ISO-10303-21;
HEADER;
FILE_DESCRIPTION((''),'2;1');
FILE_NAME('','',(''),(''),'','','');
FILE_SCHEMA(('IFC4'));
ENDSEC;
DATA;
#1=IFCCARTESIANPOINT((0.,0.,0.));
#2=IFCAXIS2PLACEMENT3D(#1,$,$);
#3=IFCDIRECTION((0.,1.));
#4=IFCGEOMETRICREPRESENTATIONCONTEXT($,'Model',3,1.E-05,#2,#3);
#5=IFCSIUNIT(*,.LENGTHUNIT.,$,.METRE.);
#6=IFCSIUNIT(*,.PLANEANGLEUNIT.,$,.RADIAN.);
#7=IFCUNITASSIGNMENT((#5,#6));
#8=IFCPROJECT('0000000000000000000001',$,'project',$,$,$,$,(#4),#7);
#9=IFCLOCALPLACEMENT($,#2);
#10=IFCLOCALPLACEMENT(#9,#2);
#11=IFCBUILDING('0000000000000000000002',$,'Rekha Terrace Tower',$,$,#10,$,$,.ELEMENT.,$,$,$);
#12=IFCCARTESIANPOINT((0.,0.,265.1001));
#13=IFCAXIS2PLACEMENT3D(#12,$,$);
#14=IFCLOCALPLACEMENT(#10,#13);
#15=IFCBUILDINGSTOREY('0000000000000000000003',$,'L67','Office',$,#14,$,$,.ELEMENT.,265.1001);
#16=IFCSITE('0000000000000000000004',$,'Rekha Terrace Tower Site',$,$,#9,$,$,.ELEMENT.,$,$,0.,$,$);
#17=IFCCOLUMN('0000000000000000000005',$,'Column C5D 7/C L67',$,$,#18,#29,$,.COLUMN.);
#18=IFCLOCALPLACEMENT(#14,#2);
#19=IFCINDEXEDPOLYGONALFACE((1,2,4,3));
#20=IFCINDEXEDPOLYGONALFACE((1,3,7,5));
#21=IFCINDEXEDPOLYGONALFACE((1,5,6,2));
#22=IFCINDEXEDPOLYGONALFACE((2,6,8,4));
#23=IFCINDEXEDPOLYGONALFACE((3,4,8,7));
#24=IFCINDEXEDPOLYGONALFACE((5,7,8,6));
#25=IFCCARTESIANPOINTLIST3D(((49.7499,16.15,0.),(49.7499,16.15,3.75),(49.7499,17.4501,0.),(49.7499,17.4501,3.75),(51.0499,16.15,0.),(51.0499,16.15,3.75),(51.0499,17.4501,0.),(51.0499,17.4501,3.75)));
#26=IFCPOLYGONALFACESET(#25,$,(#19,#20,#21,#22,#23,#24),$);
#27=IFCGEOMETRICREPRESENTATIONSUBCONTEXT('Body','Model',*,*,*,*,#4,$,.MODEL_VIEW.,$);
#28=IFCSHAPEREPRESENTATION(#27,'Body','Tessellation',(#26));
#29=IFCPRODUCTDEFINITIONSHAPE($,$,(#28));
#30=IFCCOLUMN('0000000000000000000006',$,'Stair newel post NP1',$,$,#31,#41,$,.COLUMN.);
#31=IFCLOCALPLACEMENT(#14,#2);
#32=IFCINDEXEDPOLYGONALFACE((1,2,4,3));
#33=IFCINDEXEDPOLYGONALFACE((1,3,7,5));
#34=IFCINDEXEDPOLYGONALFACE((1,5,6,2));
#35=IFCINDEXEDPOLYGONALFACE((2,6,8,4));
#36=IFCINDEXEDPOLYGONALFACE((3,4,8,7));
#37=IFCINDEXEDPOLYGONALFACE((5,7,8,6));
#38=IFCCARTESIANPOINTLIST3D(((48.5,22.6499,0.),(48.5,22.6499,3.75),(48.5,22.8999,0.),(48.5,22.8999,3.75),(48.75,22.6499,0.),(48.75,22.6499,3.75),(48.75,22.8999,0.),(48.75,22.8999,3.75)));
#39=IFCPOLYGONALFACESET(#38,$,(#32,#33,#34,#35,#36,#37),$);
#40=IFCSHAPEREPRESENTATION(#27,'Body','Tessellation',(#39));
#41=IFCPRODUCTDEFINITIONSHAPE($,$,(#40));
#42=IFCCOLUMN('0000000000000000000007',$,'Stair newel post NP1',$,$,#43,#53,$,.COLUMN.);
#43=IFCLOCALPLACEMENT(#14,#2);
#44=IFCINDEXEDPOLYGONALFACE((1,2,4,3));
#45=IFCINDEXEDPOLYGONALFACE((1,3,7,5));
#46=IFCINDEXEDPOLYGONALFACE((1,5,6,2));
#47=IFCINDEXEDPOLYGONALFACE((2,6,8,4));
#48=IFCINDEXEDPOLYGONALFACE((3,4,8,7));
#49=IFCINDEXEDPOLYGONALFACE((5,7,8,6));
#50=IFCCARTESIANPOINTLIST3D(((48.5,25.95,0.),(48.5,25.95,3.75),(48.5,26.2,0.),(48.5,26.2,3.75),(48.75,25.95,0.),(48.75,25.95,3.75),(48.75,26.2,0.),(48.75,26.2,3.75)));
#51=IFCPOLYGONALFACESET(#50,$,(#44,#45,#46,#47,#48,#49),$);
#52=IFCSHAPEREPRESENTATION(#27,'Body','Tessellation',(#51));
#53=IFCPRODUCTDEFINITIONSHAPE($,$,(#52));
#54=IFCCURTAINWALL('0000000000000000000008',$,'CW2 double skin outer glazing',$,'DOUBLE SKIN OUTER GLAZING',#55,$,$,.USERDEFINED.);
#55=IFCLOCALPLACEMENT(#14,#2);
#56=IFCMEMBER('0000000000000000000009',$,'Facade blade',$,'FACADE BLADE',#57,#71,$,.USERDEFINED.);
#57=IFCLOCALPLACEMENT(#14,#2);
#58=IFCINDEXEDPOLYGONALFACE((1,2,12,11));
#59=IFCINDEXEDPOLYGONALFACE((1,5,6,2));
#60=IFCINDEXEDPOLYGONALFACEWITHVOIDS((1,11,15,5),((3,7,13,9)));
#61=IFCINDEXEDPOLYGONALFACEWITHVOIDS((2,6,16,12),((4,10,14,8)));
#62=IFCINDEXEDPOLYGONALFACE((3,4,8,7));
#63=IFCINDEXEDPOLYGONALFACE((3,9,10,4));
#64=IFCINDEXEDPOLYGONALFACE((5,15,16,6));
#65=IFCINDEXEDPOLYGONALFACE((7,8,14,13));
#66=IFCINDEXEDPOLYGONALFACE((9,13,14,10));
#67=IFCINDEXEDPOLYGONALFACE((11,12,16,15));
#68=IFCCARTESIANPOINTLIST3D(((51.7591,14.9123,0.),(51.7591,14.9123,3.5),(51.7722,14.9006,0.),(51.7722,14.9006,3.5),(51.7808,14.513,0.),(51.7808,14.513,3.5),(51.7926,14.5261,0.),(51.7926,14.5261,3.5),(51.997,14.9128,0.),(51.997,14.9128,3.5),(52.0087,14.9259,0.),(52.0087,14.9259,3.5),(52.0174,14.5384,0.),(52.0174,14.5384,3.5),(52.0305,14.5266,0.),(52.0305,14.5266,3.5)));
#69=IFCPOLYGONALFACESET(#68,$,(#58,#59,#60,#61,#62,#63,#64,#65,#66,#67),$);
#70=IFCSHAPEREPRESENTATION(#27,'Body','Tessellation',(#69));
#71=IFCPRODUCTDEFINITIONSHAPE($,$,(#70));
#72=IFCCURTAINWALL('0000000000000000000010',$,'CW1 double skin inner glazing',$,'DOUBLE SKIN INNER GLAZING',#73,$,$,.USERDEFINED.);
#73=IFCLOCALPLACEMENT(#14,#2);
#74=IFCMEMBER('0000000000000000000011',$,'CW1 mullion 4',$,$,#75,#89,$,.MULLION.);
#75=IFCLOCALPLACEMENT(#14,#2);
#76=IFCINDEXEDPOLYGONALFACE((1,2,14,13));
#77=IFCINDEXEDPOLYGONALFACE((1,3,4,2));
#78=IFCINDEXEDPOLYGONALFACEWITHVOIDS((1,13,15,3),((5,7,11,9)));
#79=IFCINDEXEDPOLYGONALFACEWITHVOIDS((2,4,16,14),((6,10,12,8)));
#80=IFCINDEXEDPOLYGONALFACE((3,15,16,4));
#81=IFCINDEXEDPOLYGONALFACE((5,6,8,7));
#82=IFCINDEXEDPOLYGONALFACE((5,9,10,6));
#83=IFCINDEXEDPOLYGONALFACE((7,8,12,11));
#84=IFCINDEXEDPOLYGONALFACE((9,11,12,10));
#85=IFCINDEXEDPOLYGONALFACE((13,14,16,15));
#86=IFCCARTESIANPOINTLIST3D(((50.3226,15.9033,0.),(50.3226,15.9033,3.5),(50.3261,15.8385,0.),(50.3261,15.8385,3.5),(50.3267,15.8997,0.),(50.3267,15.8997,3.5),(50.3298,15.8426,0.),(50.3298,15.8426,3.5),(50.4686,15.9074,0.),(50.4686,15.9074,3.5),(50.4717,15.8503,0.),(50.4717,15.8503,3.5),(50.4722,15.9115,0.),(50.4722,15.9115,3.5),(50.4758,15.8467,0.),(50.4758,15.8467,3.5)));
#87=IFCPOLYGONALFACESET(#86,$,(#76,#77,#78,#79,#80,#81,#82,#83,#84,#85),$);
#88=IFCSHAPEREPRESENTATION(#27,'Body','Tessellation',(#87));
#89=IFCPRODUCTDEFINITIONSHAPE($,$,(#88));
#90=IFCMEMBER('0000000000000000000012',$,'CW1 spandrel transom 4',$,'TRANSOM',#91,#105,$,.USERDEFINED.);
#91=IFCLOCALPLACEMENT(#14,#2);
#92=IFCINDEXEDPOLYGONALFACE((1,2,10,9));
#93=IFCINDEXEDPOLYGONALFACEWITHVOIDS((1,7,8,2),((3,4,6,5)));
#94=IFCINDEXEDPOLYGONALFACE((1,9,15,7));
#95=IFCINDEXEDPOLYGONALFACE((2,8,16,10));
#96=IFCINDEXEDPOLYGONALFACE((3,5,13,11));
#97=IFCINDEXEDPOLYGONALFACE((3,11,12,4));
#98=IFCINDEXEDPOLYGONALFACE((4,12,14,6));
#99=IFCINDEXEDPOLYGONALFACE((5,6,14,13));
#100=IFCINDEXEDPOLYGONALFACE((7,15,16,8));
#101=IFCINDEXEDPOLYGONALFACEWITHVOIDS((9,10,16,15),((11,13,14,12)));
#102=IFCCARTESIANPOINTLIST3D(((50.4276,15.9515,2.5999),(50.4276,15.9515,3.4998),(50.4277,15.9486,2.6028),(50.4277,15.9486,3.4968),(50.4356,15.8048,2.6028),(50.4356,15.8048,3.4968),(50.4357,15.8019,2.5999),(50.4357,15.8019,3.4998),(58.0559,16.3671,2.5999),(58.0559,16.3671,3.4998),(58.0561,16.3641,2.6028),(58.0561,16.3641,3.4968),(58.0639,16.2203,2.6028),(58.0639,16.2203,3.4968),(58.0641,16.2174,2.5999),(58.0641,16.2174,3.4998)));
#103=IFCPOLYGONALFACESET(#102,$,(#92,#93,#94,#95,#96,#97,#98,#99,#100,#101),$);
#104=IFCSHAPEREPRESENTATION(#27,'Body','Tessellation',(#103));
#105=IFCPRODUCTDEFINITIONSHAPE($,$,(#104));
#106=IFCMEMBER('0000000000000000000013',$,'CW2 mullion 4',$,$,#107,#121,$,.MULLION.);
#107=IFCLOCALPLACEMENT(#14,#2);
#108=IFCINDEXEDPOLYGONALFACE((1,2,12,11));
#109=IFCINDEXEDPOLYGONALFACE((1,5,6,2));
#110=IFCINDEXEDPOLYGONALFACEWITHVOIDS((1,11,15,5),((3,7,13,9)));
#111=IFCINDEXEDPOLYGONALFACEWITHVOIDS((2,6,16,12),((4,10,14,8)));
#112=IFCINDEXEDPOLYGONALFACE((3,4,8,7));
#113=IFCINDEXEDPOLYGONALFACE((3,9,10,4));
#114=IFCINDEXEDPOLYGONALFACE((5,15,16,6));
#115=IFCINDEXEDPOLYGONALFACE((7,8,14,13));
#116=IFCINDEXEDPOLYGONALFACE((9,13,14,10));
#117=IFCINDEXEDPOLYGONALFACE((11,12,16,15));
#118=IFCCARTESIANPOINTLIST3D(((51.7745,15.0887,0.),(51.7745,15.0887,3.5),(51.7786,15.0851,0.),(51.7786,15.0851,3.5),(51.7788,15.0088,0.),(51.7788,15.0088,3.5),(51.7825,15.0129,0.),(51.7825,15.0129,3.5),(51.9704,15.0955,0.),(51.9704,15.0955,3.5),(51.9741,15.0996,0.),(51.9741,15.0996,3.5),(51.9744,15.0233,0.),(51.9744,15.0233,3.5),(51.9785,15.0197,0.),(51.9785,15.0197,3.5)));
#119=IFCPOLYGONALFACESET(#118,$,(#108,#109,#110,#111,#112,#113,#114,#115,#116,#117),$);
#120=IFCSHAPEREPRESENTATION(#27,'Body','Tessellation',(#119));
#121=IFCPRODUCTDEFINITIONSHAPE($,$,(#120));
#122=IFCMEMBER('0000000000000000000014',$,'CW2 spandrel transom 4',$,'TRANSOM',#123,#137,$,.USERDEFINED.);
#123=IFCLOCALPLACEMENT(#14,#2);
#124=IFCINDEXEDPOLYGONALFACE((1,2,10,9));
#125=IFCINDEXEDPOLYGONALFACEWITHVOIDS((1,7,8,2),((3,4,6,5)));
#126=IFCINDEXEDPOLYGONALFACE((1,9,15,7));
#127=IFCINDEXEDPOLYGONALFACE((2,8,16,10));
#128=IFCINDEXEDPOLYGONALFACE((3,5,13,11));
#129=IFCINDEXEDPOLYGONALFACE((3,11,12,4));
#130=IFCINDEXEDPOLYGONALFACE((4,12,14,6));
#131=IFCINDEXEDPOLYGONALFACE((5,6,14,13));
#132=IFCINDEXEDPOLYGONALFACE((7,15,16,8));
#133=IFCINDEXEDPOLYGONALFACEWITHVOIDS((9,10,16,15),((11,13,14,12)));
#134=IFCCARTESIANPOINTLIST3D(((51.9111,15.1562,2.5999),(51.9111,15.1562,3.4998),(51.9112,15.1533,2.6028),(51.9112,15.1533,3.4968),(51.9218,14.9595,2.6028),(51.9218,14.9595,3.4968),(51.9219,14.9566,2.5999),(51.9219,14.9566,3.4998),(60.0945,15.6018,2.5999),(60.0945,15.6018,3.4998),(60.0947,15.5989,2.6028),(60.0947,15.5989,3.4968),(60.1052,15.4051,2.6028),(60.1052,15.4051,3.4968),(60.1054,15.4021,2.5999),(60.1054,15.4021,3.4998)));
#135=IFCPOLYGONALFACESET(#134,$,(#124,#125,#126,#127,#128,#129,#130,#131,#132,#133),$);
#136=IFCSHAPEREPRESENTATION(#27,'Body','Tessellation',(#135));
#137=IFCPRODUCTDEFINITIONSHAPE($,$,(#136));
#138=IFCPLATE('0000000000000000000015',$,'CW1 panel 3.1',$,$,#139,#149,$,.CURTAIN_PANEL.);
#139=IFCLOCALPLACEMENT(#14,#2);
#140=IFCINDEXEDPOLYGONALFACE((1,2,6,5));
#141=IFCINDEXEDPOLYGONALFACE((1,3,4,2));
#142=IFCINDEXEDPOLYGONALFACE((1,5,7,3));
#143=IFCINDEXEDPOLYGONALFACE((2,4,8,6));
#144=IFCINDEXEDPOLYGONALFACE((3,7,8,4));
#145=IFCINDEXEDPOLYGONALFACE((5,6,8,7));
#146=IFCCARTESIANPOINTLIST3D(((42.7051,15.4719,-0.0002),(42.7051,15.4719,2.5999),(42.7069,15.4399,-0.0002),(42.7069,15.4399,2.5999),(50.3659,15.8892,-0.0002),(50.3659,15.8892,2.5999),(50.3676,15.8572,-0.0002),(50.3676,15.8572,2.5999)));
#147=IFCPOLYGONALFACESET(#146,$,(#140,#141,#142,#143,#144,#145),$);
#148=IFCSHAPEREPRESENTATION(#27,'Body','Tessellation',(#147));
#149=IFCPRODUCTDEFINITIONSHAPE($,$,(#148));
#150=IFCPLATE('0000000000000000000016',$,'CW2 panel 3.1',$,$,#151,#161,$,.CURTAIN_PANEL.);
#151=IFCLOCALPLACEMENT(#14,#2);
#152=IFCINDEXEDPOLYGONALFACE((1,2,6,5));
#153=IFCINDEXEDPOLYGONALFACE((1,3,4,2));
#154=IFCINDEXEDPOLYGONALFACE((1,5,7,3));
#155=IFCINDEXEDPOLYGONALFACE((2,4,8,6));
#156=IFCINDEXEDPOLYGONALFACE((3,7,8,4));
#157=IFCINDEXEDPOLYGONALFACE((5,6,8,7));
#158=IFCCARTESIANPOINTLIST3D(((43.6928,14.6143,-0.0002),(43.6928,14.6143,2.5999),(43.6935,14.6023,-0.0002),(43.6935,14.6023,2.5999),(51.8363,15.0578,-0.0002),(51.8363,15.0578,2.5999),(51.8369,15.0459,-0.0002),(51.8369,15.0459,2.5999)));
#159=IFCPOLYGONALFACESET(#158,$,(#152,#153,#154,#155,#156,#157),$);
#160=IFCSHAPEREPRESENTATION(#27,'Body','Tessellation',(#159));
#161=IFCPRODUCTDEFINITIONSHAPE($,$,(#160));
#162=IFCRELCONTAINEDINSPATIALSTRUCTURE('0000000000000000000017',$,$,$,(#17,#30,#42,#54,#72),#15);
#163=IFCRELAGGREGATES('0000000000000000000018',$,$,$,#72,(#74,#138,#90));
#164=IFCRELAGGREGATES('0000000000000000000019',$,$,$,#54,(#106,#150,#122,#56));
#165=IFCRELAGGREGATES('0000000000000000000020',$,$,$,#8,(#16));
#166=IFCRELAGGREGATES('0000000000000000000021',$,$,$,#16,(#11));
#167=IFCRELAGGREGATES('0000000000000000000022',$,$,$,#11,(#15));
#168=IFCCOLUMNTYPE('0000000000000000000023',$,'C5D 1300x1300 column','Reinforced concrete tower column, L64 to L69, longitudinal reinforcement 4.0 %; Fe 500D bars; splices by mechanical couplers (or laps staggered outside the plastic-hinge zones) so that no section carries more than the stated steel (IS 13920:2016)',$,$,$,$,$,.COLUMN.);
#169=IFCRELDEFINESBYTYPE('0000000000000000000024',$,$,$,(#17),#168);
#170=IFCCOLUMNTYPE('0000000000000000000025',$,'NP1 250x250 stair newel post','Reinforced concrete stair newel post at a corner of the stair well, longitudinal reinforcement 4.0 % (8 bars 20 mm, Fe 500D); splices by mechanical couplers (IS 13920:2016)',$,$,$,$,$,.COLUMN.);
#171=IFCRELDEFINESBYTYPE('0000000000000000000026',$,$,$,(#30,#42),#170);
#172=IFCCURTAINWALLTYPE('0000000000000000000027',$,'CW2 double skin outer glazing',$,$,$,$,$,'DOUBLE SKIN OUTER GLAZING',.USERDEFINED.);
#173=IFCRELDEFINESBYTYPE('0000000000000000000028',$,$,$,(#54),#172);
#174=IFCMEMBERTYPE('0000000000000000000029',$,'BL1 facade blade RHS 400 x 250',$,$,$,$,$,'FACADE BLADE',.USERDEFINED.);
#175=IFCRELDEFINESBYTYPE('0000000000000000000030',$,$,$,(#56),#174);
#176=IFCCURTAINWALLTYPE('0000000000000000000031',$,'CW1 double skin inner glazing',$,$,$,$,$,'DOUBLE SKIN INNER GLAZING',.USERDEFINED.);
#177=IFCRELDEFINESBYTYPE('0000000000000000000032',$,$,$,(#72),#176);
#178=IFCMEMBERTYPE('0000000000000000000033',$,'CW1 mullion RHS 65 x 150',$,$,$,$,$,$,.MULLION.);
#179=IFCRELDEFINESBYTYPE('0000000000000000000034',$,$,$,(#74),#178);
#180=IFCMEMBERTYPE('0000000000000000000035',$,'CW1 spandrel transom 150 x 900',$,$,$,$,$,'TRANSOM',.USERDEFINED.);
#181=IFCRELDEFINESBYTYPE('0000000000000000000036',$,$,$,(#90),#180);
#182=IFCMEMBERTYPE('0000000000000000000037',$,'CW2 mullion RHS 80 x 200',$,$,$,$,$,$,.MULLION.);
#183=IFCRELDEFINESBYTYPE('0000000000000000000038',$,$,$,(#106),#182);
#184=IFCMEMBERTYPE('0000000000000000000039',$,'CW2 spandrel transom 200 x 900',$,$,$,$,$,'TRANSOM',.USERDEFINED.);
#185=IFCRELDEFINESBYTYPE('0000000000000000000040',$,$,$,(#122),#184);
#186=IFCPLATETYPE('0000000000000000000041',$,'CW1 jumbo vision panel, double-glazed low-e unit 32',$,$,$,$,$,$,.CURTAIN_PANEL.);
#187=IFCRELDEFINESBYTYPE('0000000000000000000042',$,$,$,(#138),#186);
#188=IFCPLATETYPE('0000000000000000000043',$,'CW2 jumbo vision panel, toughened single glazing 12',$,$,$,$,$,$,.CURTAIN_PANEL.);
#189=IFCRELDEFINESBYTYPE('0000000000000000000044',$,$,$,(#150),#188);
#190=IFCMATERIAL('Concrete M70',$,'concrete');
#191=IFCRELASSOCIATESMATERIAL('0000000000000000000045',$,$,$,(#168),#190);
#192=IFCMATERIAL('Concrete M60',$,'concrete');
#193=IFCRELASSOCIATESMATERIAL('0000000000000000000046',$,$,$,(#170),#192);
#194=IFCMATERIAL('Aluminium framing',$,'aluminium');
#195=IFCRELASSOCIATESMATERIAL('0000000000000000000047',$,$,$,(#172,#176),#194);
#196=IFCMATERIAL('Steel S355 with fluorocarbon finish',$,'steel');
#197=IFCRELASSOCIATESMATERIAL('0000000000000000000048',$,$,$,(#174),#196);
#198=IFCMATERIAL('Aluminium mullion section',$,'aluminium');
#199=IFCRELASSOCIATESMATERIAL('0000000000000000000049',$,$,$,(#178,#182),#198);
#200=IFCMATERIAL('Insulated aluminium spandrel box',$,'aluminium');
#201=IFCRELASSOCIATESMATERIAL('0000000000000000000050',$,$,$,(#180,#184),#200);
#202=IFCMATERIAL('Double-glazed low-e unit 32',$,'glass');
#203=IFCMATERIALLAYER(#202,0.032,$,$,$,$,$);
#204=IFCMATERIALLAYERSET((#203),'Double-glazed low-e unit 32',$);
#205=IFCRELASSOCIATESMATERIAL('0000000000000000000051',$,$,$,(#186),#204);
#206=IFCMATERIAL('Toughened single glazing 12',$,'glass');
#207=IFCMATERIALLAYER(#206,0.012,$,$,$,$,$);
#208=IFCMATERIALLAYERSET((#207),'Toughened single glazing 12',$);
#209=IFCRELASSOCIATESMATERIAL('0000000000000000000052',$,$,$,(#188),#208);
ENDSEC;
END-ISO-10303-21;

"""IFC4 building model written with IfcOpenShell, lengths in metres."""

from ifc_helpers import new_model, si_unit, direction, frame, origin, origin_2d, place, context, subcontext, project, spatial, rectangle, hollow_rectangle, extrude, material, layer, layer_set, material_profile, profile_set, type_object, element, aggregate, save


model = new_model("IFC4")

# Units and contexts
model_context = context("Model", 3, precision=1e-05, world=origin(), true_north=direction((0.0, 1.0)))
body_context = subcontext(model_context, "Body", "Model", "MODEL_VIEW")
ifc_project = project(units=[si_unit("LENGTHUNIT", "METRE"), si_unit("PLANEANGLEUNIT", "RADIAN")], contexts=[model_context])

# Site, building, storey
site_placement = place(None, origin())
site = spatial("IfcSite", under=ifc_project, at=site_placement, Name="Rekha Terrace Tower Site", CompositionType="ELEMENT", RefElevation=0.0)
building_placement = place(site_placement, origin())
building = spatial("IfcBuilding", under=site, at=building_placement, Name="Rekha Terrace Tower", CompositionType="ELEMENT")
storey_placement = place(building_placement, frame((0.0, 0.0, 265.1001)))
storey = spatial("IfcBuildingStorey", under=building, at=storey_placement, Name="L67", Description="Office", CompositionType="ELEMENT", Elevation=265.1001)

# Columns
ifc_material_1 = material(Name="Concrete M70", Category="concrete")
ifc_material_profile_1 = material_profile(ifc_material_1, rectangle(XDim=1.3, YDim=1.3, at=origin_2d()), Name="RC 1300x1300")
ifc_profile_set_1 = profile_set([ifc_material_profile_1], Name="Concrete M70")
column_type_1 = type_object("IfcColumnType", Name="C5D 1300x1300 column", Description="Reinforced concrete tower column, L64 to L69, longitudinal reinforcement 4.0 %; Fe 500D bars; splices by mechanical couplers (or laps staggered outside the plastic-hinge zones) so that no section carries more than the stated steel (IS 13920:2016)", PredefinedType="COLUMN", material=ifc_profile_set_1)
column_placement = place(storey_placement, frame((50.3999, 16.8, 0.0), z_axis=(0.0, 0.0, 1.0), x_axis=(1.0, 0.0, 0.0)))
element("IfcColumn", 1, at=column_placement, inside=storey, type_object=column_type_1, Name="Column C5D 7/C L67", PredefinedType="COLUMN", context=body_context, shape_type="SweptSolid", body=[
    extrude(rectangle(XDim=1.3, YDim=1.3, at=origin_2d()), origin(), (0.0, 0.0, 1.0), 3.75),
])
ifc_material_2 = material(Name="Concrete M60", Category="concrete")
ifc_material_profile_2 = material_profile(ifc_material_2, rectangle(XDim=0.25, YDim=0.25, at=origin_2d()), Name="RC 250x250")
ifc_profile_set_2 = profile_set([ifc_material_profile_2], Name="Concrete M60")
column_type_2 = type_object("IfcColumnType", Name="NP1 250x250 stair newel post", Description="Reinforced concrete stair newel post at a corner of the stair well, longitudinal reinforcement 4.0 % (8 bars 20 mm, Fe 500D); splices by mechanical couplers (IS 13920:2016)", PredefinedType="COLUMN", material=ifc_profile_set_2)
for number, where, z_axis, x_axis, name in (
    (2, (48.625, 22.7749, 0.0), (0.0, 0.0, 1.0), (1.0, 0.0, 0.0), "Stair newel post NP1"),
    (3, (48.625, 26.075, 0.0), (0.0, 0.0, 1.0), (1.0, 0.0, 0.0), "Stair newel post NP1"),
):
    element("IfcColumn", number, at=place(storey_placement, frame(where, z_axis=z_axis, x_axis=x_axis)), inside=storey, type_object=column_type_2, Name=name, PredefinedType="COLUMN", context=body_context, shape_type="SweptSolid", body=[
        extrude(rectangle(XDim=0.25, YDim=0.25, at=origin_2d()), origin(), (0.0, 0.0, 1.0), 3.75),
    ])

# Curtain wall, member
ifc_material_3 = material(Name="Aluminium framing", Category="aluminium")
curtain_wall_type_1 = type_object("IfcCurtainWallType", Name="CW2 double skin outer glazing", ElementType="DOUBLE SKIN OUTER GLAZING", PredefinedType="USERDEFINED", material=ifc_material_3)
curtain_wall_1_placement = place(storey_placement, origin())
curtain_wall_1 = element("IfcCurtainWall", 4, at=curtain_wall_1_placement, inside=storey, type_object=curtain_wall_type_1, Name="CW2 double skin outer glazing", ObjectType="DOUBLE SKIN OUTER GLAZING", PredefinedType="USERDEFINED")
ifc_material_4 = material(Name="Steel S355 with fluorocarbon finish", Category="steel")
ifc_material_profile_3 = material_profile(ifc_material_4, hollow_rectangle(XDim=0.25, YDim=0.3999, WallThickness=0.0125, at=origin_2d()), Name="RHS400x250x12.5")
ifc_profile_set_3 = profile_set([ifc_material_profile_3], Name="Steel S355 with fluorocarbon finish")
member_type_1 = type_object("IfcMemberType", Name="BL1 facade blade RHS 400 x 250", ElementType="FACADE BLADE", PredefinedType="USERDEFINED", material=ifc_profile_set_3)
member_1_placement = place(storey_placement, frame((51.8948, 14.7195, 0.0), z_axis=(0.0, 0.0, 1.0), x_axis=(0.99852, 0.054389, 0.0)))
member_1 = element("IfcMember", 5, at=member_1_placement, type_object=member_type_1, Name="Facade blade", ObjectType="FACADE BLADE", PredefinedType="USERDEFINED", context=body_context, shape_type="SweptSolid", body=[
    extrude(hollow_rectangle(XDim=0.25, YDim=0.3999, WallThickness=0.0125, at=origin_2d()), origin(), (0.0, 0.0, 1.0), 3.5),
])

# Curtain wall, members
curtain_wall_type_2 = type_object("IfcCurtainWallType", Name="CW1 double skin inner glazing", ElementType="DOUBLE SKIN INNER GLAZING", PredefinedType="USERDEFINED", material=ifc_material_3)
curtain_wall_2_placement = place(storey_placement, origin())
curtain_wall_2 = element("IfcCurtainWall", 6, at=curtain_wall_2_placement, inside=storey, type_object=curtain_wall_type_2, Name="CW1 double skin inner glazing", ObjectType="DOUBLE SKIN INNER GLAZING", PredefinedType="USERDEFINED")
ifc_material_5 = material(Name="Aluminium mullion section", Category="aluminium")
ifc_material_profile_4 = material_profile(ifc_material_5, hollow_rectangle(XDim=0.0649, YDim=0.1499, WallThickness=0.0039, at=origin_2d()), Name="AL RHS 65x150")
ifc_profile_set_4 = profile_set([ifc_material_profile_4], Name="Aluminium mullion section")
member_type_2 = type_object("IfcMemberType", Name="CW1 mullion RHS 65 x 150", PredefinedType="MULLION", material=ifc_profile_set_4)
member_2_placement = place(storey_placement, frame((50.3992, 15.875, 0.0), z_axis=(0.0, 0.0, 1.0), x_axis=(-0.054389, 0.99852, 0.0)))
member_2 = element("IfcMember", 7, at=member_2_placement, type_object=member_type_2, Name="CW1 mullion 4", PredefinedType="MULLION", context=body_context, shape_type="SweptSolid", body=[
    extrude(hollow_rectangle(XDim=0.0649, YDim=0.1499, WallThickness=0.0039, at=origin_2d()), origin(), (0.0, 0.0, 1.0), 3.5),
])
ifc_material_6 = material(Name="Insulated aluminium spandrel box", Category="aluminium")
ifc_material_profile_5 = material_profile(ifc_material_6, hollow_rectangle(XDim=0.1499, YDim=0.8999, WallThickness=0.0029, at=origin_2d()), Name="AL SPANDREL BOX 150x900")
ifc_profile_set_5 = profile_set([ifc_material_profile_5], Name="Insulated aluminium spandrel box")
member_type_3 = type_object("IfcMemberType", Name="CW1 spandrel transom 150 x 900", ElementType="TRANSOM", PredefinedType="USERDEFINED", material=ifc_profile_set_5)
member_3_placement = place(storey_placement, frame((50.4316, 15.8767, 3.0498), z_axis=(0.99852, 0.05439, 0.0), x_axis=(-0.05439, 0.99852, 0.0)))
member_3 = element("IfcMember", 8, at=member_3_placement, type_object=member_type_3, Name="CW1 spandrel transom 4", ObjectType="TRANSOM", PredefinedType="USERDEFINED", context=body_context, shape_type="SweptSolid", body=[
    extrude(hollow_rectangle(XDim=0.1499, YDim=0.8999, WallThickness=0.0029, at=origin_2d()), origin(), (0.0, 0.0, 1.0), 7.6396),
])

# Members
ifc_material_profile_6 = material_profile(ifc_material_5, hollow_rectangle(XDim=0.0801, YDim=0.2, WallThickness=0.0039, at=origin_2d()), Name="AL RHS 80x200")
ifc_profile_set_6 = profile_set([ifc_material_profile_6], Name="Aluminium mullion section")
member_type_4 = type_object("IfcMemberType", Name="CW2 mullion RHS 80 x 200", PredefinedType="MULLION", material=ifc_profile_set_6)
member_4_placement = place(storey_placement, frame((51.8765, 15.0542, 0.0), z_axis=(0.0, 0.0, 1.0), x_axis=(-0.054389, 0.99852, 0.0)))
member_4 = element("IfcMember", 9, at=member_4_placement, type_object=member_type_4, Name="CW2 mullion 4", PredefinedType="MULLION", context=body_context, shape_type="SweptSolid", body=[
    extrude(hollow_rectangle(XDim=0.0801, YDim=0.2, WallThickness=0.0039, at=origin_2d()), origin(), (0.0, 0.0, 1.0), 3.5),
])
ifc_material_profile_7 = material_profile(ifc_material_6, hollow_rectangle(XDim=0.2, YDim=0.8999, WallThickness=0.0029, at=origin_2d()), Name="AL SPANDREL BOX 200x900")
ifc_profile_set_7 = profile_set([ifc_material_profile_7], Name="Insulated aluminium spandrel box")
member_type_5 = type_object("IfcMemberType", Name="CW2 spandrel transom 200 x 900", ElementType="TRANSOM", PredefinedType="USERDEFINED", material=ifc_profile_set_7)
member_5_placement = place(storey_placement, frame((51.9165, 15.0564, 3.0498), z_axis=(0.998521, 0.054366, 0.0), x_axis=(-0.054366, 0.998521, 0.0)))
member_5 = element("IfcMember", 10, at=member_5_placement, type_object=member_type_5, Name="CW2 spandrel transom 4", ObjectType="TRANSOM", PredefinedType="USERDEFINED", context=body_context, shape_type="SweptSolid", body=[
    extrude(hollow_rectangle(XDim=0.2, YDim=0.8999, WallThickness=0.0029, at=origin_2d()), origin(), (0.0, 0.0, 1.0), 8.1956),
])

# Plates
ifc_material_7 = material(Name="Double-glazed low-e unit 32", Category="glass")
ifc_layer_1 = layer(ifc_material_7, 0.032)
ifc_layer_set_1 = layer_set([ifc_layer_1], Name="Double-glazed low-e unit 32")
plate_type_1 = type_object("IfcPlateType", Name="CW1 jumbo vision panel, double-glazed low-e unit 32", PredefinedType="CURTAIN_PANEL", material=ifc_layer_set_1)
plate_1_placement = place(storey_placement, frame((46.5364, 15.6646, -0.0002), z_axis=(0.0, 0.0, 1.0), x_axis=(0.99852, 0.054389, 0.0)))
plate_1 = element("IfcPlate", 11, at=plate_1_placement, type_object=plate_type_1, Name="CW1 panel 3.1", PredefinedType="CURTAIN_PANEL", context=body_context, shape_type="SweptSolid", body=[
    extrude(rectangle(XDim=7.6721, YDim=0.032, at=origin_2d()), origin(), (0.0, 0.0, 1.0), 2.6001),
])
aggregate(curtain_wall_2, [member_2, plate_1, member_3])
ifc_material_8 = material(Name="Toughened single glazing 12", Category="glass")
ifc_layer_2 = layer(ifc_material_8, 0.012)
ifc_layer_set_2 = layer_set([ifc_layer_2], Name="Toughened single glazing 12")
plate_type_2 = type_object("IfcPlateType", Name="CW2 jumbo vision panel, toughened single glazing 12", PredefinedType="CURTAIN_PANEL", material=ifc_layer_set_2)
plate_2_placement = place(storey_placement, frame((47.7649, 14.8301, -0.0002), z_axis=(0.0, 0.0, 1.0), x_axis=(0.99852, 0.054389, 0.0)))
plate_2 = element("IfcPlate", 12, at=plate_2_placement, type_object=plate_type_2, Name="CW2 panel 3.1", PredefinedType="CURTAIN_PANEL", context=body_context, shape_type="SweptSolid", body=[
    extrude(rectangle(XDim=8.1555, YDim=0.012, at=origin_2d()), origin(), (0.0, 0.0, 1.0), 2.6001),
])
aggregate(curtain_wall_1, [member_4, plate_2, member_5, member_1])

save(model, "model.ifc")
